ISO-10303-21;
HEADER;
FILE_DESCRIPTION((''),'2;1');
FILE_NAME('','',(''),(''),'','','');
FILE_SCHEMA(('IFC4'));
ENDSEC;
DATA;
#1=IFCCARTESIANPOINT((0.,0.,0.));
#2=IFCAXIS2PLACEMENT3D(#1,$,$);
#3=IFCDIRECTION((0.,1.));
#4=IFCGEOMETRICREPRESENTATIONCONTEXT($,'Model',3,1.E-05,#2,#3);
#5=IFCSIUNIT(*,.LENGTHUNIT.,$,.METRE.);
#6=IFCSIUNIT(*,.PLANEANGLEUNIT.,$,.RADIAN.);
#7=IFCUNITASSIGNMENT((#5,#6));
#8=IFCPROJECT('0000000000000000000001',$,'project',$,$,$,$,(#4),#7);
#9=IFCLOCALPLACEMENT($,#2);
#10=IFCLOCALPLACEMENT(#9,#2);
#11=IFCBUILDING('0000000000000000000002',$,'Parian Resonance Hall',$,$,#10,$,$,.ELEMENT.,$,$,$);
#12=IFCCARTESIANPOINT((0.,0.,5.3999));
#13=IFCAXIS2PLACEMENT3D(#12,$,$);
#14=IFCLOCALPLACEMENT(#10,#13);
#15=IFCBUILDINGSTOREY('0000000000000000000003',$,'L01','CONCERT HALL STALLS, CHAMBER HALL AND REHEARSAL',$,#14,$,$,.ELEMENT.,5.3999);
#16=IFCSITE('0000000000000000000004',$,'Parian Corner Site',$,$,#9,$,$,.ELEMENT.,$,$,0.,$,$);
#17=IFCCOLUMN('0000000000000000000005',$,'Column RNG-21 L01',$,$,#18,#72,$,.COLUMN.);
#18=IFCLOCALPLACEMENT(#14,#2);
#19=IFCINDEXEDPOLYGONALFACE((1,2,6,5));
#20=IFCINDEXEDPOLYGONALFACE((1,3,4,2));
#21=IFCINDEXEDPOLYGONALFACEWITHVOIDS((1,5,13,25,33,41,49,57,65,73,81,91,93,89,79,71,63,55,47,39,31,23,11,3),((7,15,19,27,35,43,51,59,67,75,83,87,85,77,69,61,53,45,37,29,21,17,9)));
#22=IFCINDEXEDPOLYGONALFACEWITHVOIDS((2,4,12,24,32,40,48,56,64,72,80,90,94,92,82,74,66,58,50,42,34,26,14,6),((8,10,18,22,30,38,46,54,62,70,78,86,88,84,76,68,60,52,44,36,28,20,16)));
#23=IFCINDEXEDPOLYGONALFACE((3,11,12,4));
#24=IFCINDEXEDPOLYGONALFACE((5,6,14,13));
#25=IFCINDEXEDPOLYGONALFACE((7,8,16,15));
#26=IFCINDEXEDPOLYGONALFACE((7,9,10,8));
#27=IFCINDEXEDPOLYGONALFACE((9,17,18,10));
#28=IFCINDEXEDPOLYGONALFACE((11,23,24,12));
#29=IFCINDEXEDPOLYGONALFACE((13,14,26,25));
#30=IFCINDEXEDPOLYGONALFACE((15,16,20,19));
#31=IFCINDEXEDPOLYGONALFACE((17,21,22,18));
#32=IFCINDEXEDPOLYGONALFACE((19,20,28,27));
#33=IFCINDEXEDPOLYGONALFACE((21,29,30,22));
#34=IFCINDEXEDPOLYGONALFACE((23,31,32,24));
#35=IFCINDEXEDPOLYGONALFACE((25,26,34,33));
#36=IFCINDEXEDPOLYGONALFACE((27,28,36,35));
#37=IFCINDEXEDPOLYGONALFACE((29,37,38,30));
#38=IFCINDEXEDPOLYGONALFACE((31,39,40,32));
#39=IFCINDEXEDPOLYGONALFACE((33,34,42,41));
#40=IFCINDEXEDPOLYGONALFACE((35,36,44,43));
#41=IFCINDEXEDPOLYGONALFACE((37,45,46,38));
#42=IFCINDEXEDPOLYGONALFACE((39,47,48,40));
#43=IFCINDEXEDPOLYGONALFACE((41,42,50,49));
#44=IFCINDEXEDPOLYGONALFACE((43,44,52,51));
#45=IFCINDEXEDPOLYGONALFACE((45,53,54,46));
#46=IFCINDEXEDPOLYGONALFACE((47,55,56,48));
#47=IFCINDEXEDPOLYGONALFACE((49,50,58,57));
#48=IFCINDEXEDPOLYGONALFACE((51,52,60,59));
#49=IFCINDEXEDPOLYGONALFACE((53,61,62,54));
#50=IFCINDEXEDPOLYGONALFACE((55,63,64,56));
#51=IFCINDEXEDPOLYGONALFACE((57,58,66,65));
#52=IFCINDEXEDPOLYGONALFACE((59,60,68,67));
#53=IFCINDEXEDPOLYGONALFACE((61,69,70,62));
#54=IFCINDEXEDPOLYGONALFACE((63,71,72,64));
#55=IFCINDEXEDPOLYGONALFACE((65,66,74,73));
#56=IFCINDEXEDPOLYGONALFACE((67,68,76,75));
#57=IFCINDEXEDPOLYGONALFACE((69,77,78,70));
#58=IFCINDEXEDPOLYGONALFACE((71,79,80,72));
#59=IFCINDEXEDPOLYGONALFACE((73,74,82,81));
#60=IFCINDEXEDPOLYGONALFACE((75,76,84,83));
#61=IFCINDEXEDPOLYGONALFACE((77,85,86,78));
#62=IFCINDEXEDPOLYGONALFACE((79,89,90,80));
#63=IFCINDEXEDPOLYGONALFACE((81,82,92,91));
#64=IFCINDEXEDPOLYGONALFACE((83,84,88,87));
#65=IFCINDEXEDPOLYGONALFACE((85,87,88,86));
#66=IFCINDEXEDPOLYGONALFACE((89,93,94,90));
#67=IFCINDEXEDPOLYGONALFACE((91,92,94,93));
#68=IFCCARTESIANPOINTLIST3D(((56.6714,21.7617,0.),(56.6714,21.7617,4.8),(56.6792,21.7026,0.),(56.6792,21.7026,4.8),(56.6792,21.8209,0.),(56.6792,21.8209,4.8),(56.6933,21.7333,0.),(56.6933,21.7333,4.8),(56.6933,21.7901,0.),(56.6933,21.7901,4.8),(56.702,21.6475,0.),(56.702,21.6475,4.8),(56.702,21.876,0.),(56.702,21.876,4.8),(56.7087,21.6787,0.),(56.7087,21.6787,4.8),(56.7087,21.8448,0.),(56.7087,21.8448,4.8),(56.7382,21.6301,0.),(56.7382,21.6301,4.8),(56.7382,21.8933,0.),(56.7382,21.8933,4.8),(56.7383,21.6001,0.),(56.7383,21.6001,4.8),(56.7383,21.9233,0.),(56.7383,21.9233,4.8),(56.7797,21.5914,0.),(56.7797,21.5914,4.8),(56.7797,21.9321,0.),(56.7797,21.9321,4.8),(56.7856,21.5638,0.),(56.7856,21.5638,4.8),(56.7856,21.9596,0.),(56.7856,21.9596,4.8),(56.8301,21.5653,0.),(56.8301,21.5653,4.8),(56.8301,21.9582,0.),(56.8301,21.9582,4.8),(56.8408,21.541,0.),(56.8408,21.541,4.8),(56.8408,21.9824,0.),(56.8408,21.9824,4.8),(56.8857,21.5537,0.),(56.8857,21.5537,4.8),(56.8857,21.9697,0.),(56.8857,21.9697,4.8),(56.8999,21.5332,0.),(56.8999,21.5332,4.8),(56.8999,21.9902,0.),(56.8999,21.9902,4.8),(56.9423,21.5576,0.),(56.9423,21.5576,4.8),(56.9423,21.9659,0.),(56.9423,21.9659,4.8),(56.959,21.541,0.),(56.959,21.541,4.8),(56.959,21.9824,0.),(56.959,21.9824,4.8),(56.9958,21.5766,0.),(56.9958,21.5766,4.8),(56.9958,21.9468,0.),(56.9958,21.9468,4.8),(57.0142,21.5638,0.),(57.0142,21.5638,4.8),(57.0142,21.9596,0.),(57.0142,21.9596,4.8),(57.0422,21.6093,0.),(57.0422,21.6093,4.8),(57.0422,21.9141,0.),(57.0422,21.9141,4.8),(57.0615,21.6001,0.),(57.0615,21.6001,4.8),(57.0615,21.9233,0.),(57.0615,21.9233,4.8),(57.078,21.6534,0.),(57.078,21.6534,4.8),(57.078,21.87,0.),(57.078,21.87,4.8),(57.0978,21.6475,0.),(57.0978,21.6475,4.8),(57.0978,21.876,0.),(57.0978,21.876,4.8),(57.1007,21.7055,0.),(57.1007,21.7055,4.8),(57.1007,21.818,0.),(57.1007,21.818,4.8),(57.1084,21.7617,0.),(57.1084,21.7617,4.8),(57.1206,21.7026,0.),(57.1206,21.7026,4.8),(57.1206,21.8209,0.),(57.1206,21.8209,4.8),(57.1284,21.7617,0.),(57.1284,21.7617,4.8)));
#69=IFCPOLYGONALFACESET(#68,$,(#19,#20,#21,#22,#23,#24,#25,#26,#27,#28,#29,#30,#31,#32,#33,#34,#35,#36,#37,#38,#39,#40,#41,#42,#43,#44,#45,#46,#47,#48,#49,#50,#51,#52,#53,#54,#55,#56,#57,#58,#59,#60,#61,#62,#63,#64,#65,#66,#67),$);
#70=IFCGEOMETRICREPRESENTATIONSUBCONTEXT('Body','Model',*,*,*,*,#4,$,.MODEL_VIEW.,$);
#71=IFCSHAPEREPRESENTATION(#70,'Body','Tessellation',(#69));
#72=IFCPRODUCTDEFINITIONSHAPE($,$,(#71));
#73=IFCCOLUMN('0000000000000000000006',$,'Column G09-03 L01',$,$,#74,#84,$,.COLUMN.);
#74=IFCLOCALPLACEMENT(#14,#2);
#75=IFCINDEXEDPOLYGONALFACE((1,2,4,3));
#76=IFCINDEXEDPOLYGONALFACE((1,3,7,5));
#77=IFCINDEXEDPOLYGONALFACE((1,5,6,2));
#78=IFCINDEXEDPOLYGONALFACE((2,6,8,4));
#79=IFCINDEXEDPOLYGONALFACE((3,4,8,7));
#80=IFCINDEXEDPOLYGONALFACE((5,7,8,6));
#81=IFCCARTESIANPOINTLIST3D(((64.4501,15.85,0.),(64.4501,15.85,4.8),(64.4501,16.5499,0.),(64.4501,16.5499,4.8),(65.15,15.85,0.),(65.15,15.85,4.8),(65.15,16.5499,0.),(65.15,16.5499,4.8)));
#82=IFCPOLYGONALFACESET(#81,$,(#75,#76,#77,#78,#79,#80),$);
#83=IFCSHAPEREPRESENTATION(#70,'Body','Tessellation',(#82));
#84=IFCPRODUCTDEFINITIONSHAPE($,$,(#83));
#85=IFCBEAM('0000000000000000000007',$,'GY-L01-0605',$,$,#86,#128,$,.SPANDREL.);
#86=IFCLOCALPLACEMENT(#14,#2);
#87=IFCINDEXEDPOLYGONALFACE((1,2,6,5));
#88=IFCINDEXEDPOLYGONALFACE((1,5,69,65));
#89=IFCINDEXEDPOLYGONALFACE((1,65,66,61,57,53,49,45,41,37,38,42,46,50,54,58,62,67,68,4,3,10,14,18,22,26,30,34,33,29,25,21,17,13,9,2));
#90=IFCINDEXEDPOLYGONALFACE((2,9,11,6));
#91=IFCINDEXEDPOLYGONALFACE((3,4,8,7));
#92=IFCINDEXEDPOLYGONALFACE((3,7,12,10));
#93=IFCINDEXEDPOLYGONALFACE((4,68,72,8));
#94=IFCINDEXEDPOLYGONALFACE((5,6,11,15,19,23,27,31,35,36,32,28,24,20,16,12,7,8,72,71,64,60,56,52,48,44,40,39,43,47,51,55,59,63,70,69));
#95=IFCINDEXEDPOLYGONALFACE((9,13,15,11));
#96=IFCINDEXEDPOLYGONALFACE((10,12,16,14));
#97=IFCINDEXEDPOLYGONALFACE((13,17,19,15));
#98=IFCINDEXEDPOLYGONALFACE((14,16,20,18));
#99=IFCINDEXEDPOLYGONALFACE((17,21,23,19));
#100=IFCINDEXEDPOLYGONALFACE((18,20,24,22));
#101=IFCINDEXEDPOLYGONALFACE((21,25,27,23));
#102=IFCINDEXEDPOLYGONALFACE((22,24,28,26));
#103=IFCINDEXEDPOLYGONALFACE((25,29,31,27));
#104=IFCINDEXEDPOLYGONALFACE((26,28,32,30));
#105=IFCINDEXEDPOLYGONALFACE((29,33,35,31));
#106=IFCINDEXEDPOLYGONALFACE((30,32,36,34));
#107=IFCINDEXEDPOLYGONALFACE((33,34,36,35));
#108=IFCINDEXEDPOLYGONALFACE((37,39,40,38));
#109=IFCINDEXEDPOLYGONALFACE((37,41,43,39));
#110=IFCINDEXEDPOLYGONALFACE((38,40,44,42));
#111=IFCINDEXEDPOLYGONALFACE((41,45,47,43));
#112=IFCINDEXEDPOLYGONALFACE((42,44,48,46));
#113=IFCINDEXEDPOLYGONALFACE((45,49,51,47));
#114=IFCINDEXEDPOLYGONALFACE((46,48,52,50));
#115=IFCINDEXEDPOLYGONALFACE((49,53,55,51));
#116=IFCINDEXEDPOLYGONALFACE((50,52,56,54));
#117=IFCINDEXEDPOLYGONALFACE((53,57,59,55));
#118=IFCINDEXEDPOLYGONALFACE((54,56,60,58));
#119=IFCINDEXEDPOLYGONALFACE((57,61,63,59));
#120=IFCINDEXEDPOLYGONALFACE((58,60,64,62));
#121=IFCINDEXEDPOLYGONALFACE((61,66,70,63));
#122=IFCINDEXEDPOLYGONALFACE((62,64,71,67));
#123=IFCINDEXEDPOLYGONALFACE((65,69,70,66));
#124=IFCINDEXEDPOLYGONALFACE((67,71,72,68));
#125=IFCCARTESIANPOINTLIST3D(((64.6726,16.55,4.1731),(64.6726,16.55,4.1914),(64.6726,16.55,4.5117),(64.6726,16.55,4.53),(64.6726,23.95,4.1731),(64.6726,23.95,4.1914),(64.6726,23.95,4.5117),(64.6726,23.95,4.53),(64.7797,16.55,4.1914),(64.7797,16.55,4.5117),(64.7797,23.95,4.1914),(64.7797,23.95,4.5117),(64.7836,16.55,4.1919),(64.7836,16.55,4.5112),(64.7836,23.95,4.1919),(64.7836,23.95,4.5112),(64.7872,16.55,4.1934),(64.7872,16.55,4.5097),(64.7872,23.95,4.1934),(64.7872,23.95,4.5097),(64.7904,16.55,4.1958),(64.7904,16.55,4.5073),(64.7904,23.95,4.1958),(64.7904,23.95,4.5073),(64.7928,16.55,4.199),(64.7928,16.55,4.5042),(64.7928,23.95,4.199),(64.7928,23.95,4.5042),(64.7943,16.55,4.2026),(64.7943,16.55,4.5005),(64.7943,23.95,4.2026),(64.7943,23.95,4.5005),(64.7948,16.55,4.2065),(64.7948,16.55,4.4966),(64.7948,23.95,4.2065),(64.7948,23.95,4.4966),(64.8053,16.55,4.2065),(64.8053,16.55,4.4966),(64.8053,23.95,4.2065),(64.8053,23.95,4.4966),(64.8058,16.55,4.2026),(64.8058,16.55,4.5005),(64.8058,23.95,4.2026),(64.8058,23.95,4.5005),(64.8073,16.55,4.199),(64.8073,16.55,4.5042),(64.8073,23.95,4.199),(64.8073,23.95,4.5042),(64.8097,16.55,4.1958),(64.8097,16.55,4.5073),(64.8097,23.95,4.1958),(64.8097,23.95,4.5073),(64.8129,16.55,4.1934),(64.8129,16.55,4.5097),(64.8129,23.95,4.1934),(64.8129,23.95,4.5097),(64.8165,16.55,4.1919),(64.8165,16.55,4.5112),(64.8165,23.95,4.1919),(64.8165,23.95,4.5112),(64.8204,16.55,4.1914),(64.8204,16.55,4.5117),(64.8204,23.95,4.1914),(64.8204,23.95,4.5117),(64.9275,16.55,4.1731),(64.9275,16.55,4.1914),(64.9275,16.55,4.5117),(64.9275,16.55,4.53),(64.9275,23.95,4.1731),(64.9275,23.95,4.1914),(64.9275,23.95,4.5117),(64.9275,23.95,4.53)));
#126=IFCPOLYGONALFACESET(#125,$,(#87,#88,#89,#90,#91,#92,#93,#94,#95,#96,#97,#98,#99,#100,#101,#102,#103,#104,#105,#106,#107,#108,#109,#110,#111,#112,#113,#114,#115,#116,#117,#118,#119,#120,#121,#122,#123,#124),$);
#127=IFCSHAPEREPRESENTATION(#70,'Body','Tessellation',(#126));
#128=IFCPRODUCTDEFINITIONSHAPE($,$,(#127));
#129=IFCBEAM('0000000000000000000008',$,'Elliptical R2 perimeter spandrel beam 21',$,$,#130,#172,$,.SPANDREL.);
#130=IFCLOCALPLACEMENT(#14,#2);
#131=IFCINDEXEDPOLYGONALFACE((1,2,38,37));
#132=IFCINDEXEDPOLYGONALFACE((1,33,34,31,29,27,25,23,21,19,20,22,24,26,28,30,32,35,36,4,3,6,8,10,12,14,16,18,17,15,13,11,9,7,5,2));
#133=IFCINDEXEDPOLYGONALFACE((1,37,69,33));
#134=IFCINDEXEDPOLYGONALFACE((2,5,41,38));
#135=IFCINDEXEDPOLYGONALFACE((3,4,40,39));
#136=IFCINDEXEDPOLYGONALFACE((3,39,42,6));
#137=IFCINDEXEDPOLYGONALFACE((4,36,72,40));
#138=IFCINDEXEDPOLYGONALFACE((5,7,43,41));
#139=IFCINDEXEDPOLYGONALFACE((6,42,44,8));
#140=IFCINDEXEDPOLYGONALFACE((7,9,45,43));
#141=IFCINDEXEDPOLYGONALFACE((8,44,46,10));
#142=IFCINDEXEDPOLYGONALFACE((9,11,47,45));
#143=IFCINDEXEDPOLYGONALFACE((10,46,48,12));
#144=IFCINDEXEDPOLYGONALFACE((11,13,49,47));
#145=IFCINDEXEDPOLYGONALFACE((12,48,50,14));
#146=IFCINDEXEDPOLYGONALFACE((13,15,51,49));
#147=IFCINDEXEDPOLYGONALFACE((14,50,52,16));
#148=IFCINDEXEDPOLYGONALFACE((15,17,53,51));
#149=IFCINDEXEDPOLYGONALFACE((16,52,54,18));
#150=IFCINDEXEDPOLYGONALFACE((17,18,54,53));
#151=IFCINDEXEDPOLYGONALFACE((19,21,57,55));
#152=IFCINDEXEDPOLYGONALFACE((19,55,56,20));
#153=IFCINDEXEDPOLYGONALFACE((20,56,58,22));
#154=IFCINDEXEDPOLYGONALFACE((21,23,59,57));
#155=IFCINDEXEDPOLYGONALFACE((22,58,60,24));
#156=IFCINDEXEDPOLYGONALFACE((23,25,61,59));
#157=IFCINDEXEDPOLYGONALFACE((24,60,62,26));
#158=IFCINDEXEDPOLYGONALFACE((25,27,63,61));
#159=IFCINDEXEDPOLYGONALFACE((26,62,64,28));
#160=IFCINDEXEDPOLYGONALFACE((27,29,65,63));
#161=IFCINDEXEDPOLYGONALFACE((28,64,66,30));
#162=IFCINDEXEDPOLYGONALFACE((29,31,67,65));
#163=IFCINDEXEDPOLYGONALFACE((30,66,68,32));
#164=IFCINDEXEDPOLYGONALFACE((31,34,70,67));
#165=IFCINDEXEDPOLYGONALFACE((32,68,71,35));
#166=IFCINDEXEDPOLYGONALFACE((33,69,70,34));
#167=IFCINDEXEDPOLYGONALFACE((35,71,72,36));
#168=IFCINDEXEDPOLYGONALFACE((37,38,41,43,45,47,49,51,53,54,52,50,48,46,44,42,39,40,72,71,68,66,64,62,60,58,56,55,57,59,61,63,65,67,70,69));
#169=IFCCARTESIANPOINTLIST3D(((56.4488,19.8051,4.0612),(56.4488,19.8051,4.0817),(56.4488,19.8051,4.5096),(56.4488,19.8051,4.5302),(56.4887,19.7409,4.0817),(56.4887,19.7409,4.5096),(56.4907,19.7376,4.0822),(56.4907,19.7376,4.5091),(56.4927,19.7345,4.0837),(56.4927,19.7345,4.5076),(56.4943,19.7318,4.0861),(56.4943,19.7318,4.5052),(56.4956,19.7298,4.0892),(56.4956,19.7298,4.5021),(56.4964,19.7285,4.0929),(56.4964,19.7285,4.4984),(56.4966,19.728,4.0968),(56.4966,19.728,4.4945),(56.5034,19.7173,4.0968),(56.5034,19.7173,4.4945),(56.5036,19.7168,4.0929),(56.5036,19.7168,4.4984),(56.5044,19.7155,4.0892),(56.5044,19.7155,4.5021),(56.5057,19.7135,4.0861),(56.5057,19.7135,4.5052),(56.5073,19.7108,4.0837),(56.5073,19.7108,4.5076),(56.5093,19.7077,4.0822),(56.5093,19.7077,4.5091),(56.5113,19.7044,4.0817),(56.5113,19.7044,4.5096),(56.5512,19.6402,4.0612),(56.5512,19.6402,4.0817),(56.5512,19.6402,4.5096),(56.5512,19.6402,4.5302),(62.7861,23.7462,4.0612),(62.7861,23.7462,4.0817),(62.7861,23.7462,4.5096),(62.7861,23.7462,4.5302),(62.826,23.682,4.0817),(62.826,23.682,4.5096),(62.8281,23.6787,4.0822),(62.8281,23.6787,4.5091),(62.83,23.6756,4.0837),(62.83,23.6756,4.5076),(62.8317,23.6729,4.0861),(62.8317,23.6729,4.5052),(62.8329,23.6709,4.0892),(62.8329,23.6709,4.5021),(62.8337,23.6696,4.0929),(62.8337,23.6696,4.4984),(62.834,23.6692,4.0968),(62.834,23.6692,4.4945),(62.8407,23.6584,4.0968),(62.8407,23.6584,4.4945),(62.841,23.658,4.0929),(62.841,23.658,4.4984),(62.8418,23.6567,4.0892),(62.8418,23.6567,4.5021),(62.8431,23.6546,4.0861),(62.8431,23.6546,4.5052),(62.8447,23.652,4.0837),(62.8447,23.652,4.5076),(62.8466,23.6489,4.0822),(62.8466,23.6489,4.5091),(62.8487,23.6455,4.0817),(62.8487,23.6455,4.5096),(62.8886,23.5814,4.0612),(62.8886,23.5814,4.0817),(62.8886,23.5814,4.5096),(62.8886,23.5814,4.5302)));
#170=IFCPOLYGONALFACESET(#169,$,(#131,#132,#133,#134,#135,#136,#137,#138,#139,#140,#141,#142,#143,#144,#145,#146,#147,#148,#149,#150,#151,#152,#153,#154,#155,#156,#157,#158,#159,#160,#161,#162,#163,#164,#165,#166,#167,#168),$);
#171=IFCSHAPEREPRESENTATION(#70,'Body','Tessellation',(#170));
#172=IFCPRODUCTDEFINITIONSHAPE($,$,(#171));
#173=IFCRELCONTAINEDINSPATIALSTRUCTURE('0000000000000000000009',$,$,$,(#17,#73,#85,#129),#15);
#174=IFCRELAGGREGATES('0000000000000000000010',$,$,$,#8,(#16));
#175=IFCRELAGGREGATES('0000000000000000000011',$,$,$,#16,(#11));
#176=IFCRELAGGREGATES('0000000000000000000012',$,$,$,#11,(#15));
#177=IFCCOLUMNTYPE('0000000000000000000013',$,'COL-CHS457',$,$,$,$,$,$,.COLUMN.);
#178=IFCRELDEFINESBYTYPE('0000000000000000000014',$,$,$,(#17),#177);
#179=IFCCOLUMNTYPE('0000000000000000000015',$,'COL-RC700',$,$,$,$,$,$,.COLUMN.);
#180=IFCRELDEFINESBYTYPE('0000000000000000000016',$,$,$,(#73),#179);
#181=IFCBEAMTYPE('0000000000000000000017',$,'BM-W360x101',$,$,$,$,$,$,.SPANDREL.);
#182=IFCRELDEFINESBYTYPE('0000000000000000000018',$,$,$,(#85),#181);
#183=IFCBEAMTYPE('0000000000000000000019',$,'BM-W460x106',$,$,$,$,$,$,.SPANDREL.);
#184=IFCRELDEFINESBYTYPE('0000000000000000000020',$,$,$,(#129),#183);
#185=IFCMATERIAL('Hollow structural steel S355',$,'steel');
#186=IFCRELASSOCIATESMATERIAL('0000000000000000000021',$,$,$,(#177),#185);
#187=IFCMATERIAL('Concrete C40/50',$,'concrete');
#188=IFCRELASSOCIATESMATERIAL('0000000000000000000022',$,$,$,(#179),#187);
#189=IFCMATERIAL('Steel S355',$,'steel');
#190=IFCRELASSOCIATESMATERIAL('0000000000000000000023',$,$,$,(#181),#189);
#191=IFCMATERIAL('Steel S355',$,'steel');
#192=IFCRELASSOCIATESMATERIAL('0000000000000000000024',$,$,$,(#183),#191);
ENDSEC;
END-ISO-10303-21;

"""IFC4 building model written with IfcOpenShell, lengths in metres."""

from ifc_helpers import new_model, si_unit, direction, frame, origin, origin_2d, place, context, subcontext, project, spatial, rectangle, hollow_circle, i_section, extrude, material, material_profile, profile_set, type_object, element, save


model = new_model("IFC4")

# Units and contexts
model_context = context("Model", 3, precision=1e-05, world=origin(), true_north=direction((0.0, 1.0)))
body_context = subcontext(model_context, "Body", "Model", "MODEL_VIEW")
ifc_project = project(units=[si_unit("LENGTHUNIT", "METRE"), si_unit("PLANEANGLEUNIT", "RADIAN")], contexts=[model_context])

# Site, building, storey
site_placement = place(None, origin())
site = spatial("IfcSite", under=ifc_project, at=site_placement, Name="Parian Corner Site", CompositionType="ELEMENT", RefElevation=0.0)
building_placement = place(site_placement, origin())
building = spatial("IfcBuilding", under=site, at=building_placement, Name="Parian Resonance Hall", CompositionType="ELEMENT")
storey_placement = place(building_placement, frame((0.0, 0.0, 5.3999)))
storey = spatial("IfcBuildingStorey", under=building, at=storey_placement, Name="L01", Description="CONCERT HALL STALLS, CHAMBER HALL AND REHEARSAL", CompositionType="ELEMENT", Elevation=5.3999)

# Columns
ifc_material_1 = material(Name="Hollow structural steel S355", Category="steel")
ifc_material_profile_1 = material_profile(ifc_material_1, hollow_circle(Radius=0.2285, WallThickness=0.02, at=origin_2d()), Name="CHS457x20")
ifc_profile_set_1 = profile_set([ifc_material_profile_1], Name="Hollow structural steel S355")
column_type_1 = type_object("IfcColumnType", Name="COL-CHS457", PredefinedType="COLUMN", material=ifc_profile_set_1)
column_1_placement = place(storey_placement, frame((56.8999, 21.7617, 0.0), z_axis=(0.0, 0.0, 1.0), x_axis=(1.0, 0.0, 0.0)))
element("IfcColumn", 1, at=column_1_placement, inside=storey, type_object=column_type_1, Name="Column RNG-21 L01", PredefinedType="COLUMN", context=body_context, shape_type="SweptSolid", body=[
    extrude(hollow_circle(Radius=0.2285, WallThickness=0.02, at=origin_2d()), origin(), (0.0, 0.0, 1.0), 4.8),
])
ifc_material_2 = material(Name="Concrete C40/50", Category="concrete")
ifc_material_profile_2 = material_profile(ifc_material_2, rectangle(XDim=0.7, YDim=0.7, at=origin_2d()), Name="RC-COL-700x700")
ifc_profile_set_2 = profile_set([ifc_material_profile_2], Name="Concrete C40/50")
column_type_2 = type_object("IfcColumnType", Name="COL-RC700", PredefinedType="COLUMN", material=ifc_profile_set_2)
column_2_placement = place(storey_placement, frame((64.8, 16.2, 0.0), z_axis=(0.0, 0.0, 1.0), x_axis=(1.0, 0.0, 0.0)))
element("IfcColumn", 2, at=column_2_placement, inside=storey, type_object=column_type_2, Name="Column G09-03 L01", PredefinedType="COLUMN", context=body_context, shape_type="SweptSolid", body=[
    extrude(rectangle(XDim=0.7, YDim=0.7, at=origin_2d()), origin(), (0.0, 0.0, 1.0), 4.8),
])

# Beams
ifc_material_3 = material(Name="Steel S355", Category="steel")
ifc_material_profile_3 = material_profile(ifc_material_3, i_section(OverallWidth=0.2549, OverallDepth=0.3569, WebThickness=0.0105, FlangeThickness=0.0183, FilletRadius=0.0151, at=origin_2d()), Name="W360x101")
ifc_profile_set_3 = profile_set([ifc_material_profile_3], Name="Steel S355")
beam_type_1 = type_object("IfcBeamType", Name="BM-W360x101", PredefinedType="SPANDREL", material=ifc_profile_set_3)
beam_1_placement = place(storey_placement, frame((64.8, 16.55, 4.3516), z_axis=(0.0, 1.0, 0.0), x_axis=(-1.0, 0.0, 0.0)))
element("IfcBeam", 3, at=beam_1_placement, inside=storey, type_object=beam_type_1, Name="GY-L01-0605", PredefinedType="SPANDREL", context=body_context, shape_type="SweptSolid", body=[
    extrude(i_section(OverallWidth=0.2549, OverallDepth=0.3569, WebThickness=0.0105, FlangeThickness=0.0183, FilletRadius=0.0151, at=origin_2d()), origin(), (0.0, 0.0, 1.0), 7.3999),
])
ifc_material_4 = material(Name="Steel S355", Category="steel")
ifc_material_profile_4 = material_profile(ifc_material_4, i_section(OverallWidth=0.1941, OverallDepth=0.469, WebThickness=0.0127, FlangeThickness=0.0205, FilletRadius=0.0151, at=origin_2d()), Name="W460x106")
ifc_profile_set_4 = profile_set([ifc_material_profile_4], Name="Steel S355")
beam_type_2 = type_object("IfcBeamType", Name="BM-W460x106", PredefinedType="SPANDREL", material=ifc_profile_set_4)
beam_2_placement = place(storey_placement, frame((56.5, 19.7227, 4.2957), z_axis=(0.849183, 0.528098, 0.0), x_axis=(-0.528098, 0.849183, 0.0)))
element("IfcBeam", 4, at=beam_2_placement, inside=storey, type_object=beam_type_2, Name="Elliptical R2 perimeter spandrel beam 21", PredefinedType="SPANDREL", context=body_context, shape_type="SweptSolid", body=[
    extrude(i_section(OverallWidth=0.1941, OverallDepth=0.469, WebThickness=0.0127, FlangeThickness=0.0205, FilletRadius=0.0151, at=origin_2d()), origin(), (0.0, 0.0, 1.0), 7.4629),
])

save(model, "model.ifc")
